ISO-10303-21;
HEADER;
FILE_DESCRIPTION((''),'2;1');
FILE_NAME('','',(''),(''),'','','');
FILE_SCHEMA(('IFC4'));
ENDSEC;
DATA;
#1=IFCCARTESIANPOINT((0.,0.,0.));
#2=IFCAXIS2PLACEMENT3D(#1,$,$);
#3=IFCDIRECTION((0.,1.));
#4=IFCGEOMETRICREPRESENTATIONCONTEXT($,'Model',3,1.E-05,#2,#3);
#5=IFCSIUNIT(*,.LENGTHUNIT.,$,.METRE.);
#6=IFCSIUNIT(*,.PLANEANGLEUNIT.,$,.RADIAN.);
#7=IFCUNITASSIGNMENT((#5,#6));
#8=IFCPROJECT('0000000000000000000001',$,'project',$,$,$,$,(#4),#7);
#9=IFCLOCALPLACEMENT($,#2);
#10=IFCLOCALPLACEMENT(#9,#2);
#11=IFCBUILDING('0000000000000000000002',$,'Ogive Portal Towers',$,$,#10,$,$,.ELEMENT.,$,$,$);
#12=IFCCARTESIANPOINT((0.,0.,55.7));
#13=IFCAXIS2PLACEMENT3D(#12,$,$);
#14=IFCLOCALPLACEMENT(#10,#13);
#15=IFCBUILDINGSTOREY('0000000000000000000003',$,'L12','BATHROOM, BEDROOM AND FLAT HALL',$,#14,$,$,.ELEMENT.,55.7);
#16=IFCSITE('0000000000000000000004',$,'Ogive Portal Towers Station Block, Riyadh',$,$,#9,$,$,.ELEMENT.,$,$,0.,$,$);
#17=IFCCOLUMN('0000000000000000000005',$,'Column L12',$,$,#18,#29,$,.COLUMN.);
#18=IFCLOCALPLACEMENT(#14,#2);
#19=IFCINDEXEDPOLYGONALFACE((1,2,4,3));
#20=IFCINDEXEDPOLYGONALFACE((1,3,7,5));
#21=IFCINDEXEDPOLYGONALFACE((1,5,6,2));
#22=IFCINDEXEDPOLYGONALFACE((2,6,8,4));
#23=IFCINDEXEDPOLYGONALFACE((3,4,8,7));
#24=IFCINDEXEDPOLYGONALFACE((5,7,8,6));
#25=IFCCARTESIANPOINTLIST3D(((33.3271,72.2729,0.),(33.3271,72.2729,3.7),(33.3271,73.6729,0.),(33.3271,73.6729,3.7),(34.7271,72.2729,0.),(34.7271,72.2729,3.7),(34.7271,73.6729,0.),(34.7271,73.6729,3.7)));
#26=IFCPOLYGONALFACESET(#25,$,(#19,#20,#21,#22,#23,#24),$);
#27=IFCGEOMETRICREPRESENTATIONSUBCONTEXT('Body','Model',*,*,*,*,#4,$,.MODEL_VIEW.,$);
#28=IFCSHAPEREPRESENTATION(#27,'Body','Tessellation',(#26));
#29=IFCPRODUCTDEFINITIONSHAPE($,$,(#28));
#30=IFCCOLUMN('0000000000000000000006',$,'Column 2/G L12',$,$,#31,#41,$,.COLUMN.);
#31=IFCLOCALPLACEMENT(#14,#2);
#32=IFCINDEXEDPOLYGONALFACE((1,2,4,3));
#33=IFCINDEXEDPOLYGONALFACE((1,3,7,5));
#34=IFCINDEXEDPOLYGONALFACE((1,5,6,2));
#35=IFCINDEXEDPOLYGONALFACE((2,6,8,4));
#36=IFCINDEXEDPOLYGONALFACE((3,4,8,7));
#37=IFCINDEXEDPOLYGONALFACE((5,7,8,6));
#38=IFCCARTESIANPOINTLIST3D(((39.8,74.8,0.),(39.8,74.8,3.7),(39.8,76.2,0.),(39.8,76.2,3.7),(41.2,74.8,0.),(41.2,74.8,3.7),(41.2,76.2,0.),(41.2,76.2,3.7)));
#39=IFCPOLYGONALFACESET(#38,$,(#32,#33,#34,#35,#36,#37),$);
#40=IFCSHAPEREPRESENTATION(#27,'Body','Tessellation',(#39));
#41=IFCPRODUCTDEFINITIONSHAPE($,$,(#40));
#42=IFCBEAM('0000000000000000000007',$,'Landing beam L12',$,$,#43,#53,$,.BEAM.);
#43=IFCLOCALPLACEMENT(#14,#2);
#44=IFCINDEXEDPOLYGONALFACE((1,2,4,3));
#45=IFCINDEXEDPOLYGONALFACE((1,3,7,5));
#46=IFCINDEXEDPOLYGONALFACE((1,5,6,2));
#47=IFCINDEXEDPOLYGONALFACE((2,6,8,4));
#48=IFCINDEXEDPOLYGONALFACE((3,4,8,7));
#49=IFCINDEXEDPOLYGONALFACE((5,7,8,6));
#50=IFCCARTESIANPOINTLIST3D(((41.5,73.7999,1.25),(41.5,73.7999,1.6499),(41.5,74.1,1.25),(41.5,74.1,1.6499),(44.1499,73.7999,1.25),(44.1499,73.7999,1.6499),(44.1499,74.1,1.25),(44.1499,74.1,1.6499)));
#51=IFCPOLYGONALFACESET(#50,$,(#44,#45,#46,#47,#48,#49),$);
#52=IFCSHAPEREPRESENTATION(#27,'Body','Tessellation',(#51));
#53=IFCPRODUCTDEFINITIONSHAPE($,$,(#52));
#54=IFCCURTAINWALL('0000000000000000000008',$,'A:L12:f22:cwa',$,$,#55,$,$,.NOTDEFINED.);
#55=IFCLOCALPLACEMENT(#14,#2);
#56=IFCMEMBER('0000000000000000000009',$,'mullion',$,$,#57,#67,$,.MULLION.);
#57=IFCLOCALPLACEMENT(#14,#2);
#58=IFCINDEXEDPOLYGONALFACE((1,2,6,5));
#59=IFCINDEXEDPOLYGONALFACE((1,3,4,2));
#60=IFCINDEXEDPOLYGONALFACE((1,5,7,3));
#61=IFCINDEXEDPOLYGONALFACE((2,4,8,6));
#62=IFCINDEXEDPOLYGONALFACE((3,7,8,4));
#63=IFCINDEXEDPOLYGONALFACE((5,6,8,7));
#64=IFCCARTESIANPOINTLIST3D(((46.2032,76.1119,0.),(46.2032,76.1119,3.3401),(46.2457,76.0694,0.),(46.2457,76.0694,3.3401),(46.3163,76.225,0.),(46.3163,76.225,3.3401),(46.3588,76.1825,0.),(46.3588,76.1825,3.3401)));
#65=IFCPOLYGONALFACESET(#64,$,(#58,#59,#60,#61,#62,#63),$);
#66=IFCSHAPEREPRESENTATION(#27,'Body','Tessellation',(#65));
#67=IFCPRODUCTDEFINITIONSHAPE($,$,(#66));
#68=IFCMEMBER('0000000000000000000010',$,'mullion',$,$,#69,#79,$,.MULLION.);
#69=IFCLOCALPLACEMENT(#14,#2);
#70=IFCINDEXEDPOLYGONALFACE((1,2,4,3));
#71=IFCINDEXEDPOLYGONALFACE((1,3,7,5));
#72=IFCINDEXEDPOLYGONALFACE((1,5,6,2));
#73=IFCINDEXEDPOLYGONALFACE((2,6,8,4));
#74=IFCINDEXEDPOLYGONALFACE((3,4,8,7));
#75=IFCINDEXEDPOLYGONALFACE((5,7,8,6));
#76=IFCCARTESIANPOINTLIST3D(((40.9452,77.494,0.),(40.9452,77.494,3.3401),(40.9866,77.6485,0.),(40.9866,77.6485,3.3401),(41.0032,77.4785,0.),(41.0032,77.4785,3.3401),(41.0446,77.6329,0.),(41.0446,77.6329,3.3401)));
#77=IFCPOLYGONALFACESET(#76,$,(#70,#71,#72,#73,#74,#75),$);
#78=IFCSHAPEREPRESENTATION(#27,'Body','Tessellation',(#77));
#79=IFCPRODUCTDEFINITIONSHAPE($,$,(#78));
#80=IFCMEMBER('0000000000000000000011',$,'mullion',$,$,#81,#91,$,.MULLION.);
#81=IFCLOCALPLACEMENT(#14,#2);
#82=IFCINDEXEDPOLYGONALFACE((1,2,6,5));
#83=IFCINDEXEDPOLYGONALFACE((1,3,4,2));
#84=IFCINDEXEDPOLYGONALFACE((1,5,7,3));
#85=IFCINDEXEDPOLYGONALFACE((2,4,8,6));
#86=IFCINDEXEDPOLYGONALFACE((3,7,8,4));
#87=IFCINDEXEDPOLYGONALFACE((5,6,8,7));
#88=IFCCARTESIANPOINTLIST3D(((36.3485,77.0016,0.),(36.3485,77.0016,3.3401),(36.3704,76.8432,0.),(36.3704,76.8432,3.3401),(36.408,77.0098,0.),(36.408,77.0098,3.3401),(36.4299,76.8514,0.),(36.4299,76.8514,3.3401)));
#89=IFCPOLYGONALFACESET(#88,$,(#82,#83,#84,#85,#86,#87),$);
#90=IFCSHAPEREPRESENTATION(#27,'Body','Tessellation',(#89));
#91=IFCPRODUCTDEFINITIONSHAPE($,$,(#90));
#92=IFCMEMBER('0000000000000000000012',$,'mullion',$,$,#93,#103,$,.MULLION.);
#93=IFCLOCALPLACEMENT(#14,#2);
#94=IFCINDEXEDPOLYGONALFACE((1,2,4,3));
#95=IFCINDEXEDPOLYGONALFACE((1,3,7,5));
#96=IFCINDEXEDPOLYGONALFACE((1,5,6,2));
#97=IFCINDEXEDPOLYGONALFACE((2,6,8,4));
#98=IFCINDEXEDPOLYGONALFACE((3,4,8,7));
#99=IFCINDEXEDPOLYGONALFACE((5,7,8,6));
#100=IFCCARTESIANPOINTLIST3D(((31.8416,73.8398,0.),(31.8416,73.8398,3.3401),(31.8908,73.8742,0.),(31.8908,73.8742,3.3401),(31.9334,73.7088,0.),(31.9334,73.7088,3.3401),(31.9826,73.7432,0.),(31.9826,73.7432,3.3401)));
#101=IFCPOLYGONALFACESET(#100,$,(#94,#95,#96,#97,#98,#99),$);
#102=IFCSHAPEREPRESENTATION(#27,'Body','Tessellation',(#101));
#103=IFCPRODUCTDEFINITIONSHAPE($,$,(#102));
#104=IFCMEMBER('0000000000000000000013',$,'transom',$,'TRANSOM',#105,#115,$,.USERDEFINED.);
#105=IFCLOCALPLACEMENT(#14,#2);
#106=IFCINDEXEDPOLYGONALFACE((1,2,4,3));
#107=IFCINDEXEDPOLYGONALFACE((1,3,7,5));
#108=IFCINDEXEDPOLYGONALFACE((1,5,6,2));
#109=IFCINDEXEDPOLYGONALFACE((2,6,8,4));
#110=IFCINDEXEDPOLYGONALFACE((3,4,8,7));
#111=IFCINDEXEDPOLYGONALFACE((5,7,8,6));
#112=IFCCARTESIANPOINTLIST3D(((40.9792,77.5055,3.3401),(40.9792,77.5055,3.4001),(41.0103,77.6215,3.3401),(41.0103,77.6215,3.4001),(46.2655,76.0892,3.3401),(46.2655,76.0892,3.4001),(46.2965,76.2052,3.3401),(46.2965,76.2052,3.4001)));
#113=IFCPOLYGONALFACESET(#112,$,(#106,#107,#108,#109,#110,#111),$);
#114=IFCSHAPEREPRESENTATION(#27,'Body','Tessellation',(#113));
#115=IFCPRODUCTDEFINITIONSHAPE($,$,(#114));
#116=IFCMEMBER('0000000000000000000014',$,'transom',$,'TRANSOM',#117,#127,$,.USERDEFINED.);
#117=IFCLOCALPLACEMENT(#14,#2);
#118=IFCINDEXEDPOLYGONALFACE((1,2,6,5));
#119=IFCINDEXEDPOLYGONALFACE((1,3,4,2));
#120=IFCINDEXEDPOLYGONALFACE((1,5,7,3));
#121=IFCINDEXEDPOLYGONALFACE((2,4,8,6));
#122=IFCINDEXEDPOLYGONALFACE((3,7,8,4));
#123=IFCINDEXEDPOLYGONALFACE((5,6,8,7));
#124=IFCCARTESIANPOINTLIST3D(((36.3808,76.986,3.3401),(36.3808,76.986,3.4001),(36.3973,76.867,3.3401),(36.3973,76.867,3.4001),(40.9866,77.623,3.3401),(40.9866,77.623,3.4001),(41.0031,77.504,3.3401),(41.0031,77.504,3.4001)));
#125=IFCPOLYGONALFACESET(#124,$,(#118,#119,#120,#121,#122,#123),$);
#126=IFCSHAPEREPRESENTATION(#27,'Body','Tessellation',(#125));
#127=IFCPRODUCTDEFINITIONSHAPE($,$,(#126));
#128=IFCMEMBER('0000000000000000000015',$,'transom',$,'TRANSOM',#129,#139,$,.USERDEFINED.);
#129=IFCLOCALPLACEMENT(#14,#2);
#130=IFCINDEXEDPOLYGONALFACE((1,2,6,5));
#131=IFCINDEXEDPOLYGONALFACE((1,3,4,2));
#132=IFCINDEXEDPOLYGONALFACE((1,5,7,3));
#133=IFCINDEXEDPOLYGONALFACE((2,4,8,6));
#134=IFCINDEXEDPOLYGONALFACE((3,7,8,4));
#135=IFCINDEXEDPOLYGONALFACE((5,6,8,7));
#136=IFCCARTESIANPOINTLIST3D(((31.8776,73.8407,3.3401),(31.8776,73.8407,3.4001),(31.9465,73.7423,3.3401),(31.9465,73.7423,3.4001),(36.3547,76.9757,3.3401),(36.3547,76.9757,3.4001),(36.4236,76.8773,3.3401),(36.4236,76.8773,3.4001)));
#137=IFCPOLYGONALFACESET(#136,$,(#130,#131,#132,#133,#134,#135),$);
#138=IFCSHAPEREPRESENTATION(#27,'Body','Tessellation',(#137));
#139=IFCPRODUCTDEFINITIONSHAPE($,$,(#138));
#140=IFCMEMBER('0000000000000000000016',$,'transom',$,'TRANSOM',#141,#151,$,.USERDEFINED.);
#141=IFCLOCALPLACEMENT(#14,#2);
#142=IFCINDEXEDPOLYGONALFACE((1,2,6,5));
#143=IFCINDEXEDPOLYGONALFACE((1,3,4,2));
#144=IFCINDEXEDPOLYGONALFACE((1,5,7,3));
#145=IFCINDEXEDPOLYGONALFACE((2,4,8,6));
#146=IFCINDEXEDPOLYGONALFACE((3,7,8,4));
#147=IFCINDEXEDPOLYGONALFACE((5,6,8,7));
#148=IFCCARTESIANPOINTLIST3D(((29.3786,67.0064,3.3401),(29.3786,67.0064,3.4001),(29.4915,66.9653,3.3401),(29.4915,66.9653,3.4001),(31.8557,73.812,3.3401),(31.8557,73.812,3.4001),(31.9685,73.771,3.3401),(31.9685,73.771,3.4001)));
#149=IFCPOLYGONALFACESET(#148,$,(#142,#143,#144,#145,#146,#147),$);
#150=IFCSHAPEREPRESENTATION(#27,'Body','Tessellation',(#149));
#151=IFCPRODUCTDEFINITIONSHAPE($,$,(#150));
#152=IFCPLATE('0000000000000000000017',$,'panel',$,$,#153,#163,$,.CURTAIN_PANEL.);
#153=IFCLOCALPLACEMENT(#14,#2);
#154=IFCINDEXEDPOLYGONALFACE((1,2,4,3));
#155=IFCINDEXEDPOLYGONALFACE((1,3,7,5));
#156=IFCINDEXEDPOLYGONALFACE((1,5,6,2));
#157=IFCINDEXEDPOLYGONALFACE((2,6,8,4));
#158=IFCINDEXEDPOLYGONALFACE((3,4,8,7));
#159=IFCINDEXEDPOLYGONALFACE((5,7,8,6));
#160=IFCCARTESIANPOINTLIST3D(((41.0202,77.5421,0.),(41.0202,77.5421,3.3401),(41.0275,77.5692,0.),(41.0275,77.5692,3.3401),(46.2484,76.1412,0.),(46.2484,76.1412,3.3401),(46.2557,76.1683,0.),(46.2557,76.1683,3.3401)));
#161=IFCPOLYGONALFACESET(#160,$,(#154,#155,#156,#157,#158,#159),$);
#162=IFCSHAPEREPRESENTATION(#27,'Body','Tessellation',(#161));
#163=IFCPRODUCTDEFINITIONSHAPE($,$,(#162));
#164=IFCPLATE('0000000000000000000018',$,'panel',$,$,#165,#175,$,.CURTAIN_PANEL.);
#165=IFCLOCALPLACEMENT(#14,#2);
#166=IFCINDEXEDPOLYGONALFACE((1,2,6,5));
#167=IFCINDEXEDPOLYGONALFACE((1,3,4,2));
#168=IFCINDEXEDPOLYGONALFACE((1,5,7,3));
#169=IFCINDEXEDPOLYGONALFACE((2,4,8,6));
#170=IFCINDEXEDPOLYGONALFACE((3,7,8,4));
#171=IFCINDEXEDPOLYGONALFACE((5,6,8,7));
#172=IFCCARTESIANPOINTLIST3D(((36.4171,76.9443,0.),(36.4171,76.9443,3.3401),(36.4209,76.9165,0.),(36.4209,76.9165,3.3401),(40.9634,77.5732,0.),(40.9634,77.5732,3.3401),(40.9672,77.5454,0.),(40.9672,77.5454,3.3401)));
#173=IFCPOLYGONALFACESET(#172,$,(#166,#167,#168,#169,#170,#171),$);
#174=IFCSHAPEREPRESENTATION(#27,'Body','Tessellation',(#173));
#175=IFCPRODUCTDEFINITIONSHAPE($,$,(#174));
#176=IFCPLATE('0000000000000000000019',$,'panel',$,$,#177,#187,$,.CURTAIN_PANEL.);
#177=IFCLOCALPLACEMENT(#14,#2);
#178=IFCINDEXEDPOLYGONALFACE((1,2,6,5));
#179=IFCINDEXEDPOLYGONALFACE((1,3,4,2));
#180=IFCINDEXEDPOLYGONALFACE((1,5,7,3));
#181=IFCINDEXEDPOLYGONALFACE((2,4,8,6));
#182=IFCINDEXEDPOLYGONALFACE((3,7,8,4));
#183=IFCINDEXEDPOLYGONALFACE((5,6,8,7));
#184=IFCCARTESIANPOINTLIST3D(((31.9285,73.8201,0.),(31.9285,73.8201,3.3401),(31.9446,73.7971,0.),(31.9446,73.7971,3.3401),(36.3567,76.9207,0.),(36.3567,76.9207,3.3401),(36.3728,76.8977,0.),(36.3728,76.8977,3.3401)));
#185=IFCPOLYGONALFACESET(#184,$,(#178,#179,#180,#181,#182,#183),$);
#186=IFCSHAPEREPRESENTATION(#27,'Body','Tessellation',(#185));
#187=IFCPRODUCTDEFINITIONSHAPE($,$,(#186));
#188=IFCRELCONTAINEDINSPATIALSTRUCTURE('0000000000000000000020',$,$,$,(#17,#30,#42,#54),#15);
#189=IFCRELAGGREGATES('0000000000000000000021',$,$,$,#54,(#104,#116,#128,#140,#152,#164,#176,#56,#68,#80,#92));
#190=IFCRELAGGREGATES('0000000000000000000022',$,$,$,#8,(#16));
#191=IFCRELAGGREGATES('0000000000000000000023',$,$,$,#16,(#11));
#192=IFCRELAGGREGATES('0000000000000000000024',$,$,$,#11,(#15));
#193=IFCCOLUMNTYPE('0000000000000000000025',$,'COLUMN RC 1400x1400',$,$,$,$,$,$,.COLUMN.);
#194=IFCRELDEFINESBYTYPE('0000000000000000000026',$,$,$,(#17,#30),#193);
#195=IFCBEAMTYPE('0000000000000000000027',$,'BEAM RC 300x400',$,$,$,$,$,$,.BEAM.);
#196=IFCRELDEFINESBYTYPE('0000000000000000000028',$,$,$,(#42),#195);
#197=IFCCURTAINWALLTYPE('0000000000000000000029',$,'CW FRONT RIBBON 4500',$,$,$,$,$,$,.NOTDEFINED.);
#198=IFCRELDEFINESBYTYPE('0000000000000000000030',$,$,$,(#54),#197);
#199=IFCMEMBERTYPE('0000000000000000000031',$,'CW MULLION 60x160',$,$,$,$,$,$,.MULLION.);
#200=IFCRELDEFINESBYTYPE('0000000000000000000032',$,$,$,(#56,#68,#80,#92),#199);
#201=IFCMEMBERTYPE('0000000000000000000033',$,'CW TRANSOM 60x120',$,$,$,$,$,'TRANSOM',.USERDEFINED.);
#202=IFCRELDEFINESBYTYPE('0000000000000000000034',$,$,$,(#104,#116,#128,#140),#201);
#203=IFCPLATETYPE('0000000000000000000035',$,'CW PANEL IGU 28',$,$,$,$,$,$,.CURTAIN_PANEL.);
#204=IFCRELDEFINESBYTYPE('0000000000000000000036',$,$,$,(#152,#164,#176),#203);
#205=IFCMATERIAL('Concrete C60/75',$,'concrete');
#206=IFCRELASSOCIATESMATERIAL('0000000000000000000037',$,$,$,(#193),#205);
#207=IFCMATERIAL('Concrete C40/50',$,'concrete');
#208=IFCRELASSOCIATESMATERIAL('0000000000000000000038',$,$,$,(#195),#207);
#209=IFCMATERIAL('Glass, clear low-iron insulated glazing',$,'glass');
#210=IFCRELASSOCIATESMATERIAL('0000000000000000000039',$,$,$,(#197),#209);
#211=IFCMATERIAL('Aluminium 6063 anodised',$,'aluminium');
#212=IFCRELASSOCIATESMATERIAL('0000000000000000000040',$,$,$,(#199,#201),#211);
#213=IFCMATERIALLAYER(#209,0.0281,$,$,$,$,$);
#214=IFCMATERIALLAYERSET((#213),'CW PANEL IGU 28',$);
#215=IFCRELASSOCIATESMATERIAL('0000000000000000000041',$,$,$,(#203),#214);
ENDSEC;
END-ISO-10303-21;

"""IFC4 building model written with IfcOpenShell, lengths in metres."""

from ifc_helpers import new_model, si_unit, direction, frame, origin, origin_2d, place, context, subcontext, project, spatial, rectangle, extrude, material, layer, layer_set, material_profile, profile_set, type_object, element, aggregate, save


model = new_model("IFC4")

# Units and contexts
model_context = context("Model", 3, precision=1e-05, world=origin(), true_north=direction((0.0, 1.0)))
body_context = subcontext(model_context, "Body", "Model", "MODEL_VIEW")
ifc_project = project(units=[si_unit("LENGTHUNIT", "METRE"), si_unit("PLANEANGLEUNIT", "RADIAN")], contexts=[model_context])

# Site, building, storey
site_placement = place(None, origin())
site = spatial("IfcSite", under=ifc_project, at=site_placement, Name="Ogive Portal Towers Station Block, Riyadh", CompositionType="ELEMENT", RefElevation=0.0)
building_placement = place(site_placement, origin())
building = spatial("IfcBuilding", under=site, at=building_placement, Name="Ogive Portal Towers", CompositionType="ELEMENT")
storey_placement = place(building_placement, frame((0.0, 0.0, 55.7)))
storey = spatial("IfcBuildingStorey", under=building, at=storey_placement, Name="L12", Description="BATHROOM, BEDROOM AND FLAT HALL", CompositionType="ELEMENT", Elevation=55.7)

# Columns
ifc_material_1 = material(Name="Concrete C60/75", Category="concrete")
ifc_material_profile_1 = material_profile(ifc_material_1, rectangle(XDim=1.3999, YDim=1.3999, at=origin_2d()), Name="RC 1400x1400")
ifc_profile_set_1 = profile_set([ifc_material_profile_1], Name="Concrete C60/75")
column_type = type_object("IfcColumnType", Name="COLUMN RC 1400x1400", PredefinedType="COLUMN", material=ifc_profile_set_1)
for number, where, z_axis, x_axis, name in (
    (1, (34.0271, 72.9729, 0.0), (0.0, 0.0, 1.0), (1.0, 0.0, 0.0), "Column L12"),
    (2, (40.5, 75.5, 0.0), (0.0, 0.0, 1.0), (1.0, 0.0, 0.0), "Column 2/G L12"),
):
    element("IfcColumn", number, at=place(storey_placement, frame(where, z_axis=z_axis, x_axis=x_axis)), inside=storey, type_object=column_type, Name=name, PredefinedType="COLUMN", context=body_context, shape_type="SweptSolid", body=[
        extrude(rectangle(XDim=1.3999, YDim=1.3999, at=origin_2d()), origin(), (0.0, 0.0, 1.0), 3.7),
    ])

# Beam
ifc_material_2 = material(Name="Concrete C40/50", Category="concrete")
ifc_material_profile_2 = material_profile(ifc_material_2, rectangle(XDim=0.3, YDim=0.3999, at=origin_2d()), Name="RC 300x400")
ifc_profile_set_2 = profile_set([ifc_material_profile_2], Name="Concrete C40/50")
beam_type = type_object("IfcBeamType", Name="BEAM RC 300x400", PredefinedType="BEAM", material=ifc_profile_set_2)
beam_placement = place(storey_placement, frame((41.5, 73.95, 1.45), z_axis=(1.0, 0.0, 0.0), x_axis=(0.0, 1.0, 0.0)))
element("IfcBeam", 3, at=beam_placement, inside=storey, type_object=beam_type, Name="Landing beam L12", PredefinedType="BEAM", context=body_context, shape_type="SweptSolid", body=[
    extrude(rectangle(XDim=0.3, YDim=0.3999, at=origin_2d()), origin(), (0.0, 0.0, 1.0), 2.6499),
])

# Curtain wall, members, plates
ifc_material_3 = material(Name="Glass, clear low-iron insulated glazing", Category="glass")
curtain_wall_type = type_object("IfcCurtainWallType", Name="CW FRONT RIBBON 4500", PredefinedType="NOTDEFINED", material=ifc_material_3)
curtain_wall_placement = place(storey_placement, origin())
curtain_wall = element("IfcCurtainWall", 4, at=curtain_wall_placement, inside=storey, type_object=curtain_wall_type, Name="A:L12:f22:cwa", PredefinedType="NOTDEFINED")
ifc_material_4 = material(Name="Aluminium 6063 anodised", Category="aluminium")
ifc_material_profile_3 = material_profile(ifc_material_4, rectangle(XDim=0.1599, YDim=0.0601, at=origin_2d()), Name="AL 60x160")
ifc_profile_set_3 = profile_set([ifc_material_profile_3], Name="Aluminium 6063 anodised")
member_type_1 = type_object("IfcMemberType", Name="CW MULLION 60x160", PredefinedType="MULLION", material=ifc_profile_set_3)
member_1_placement = place(storey_placement, frame((46.281, 76.1472, 0.0), z_axis=(0.0, 0.0, 1.0), x_axis=(-0.707107, -0.707107, 0.0)))
member_1 = element("IfcMember", 5, at=member_1_placement, type_object=member_type_1, Name="mullion", PredefinedType="MULLION", context=body_context, shape_type="SweptSolid", body=[
    extrude(rectangle(XDim=0.1599, YDim=0.0601, at=origin_2d()), origin(), (0.0, 0.0, 1.0), 3.3401),
])
member_2_placement = place(storey_placement, frame((40.9949, 77.5635, 0.0), z_axis=(0.0, 0.0, 1.0), x_axis=(-0.258819, -0.965926, 0.0)))
member_2 = element("IfcMember", 6, at=member_2_placement, type_object=member_type_1, Name="mullion", PredefinedType="MULLION", context=body_context, shape_type="SweptSolid", body=[
    extrude(rectangle(XDim=0.1599, YDim=0.0601, at=origin_2d()), origin(), (0.0, 0.0, 1.0), 3.3401),
])
member_3_placement = place(storey_placement, frame((36.3892, 76.9265, 0.0), z_axis=(0.0, 0.0, 1.0), x_axis=(0.137027, -0.990567, 0.0)))
member_3 = element("IfcMember", 7, at=member_3_placement, type_object=member_type_1, Name="mullion", PredefinedType="MULLION", context=body_context, shape_type="SweptSolid", body=[
    extrude(rectangle(XDim=0.1599, YDim=0.0601, at=origin_2d()), origin(), (0.0, 0.0, 1.0), 3.3401),
])
member_4_placement = place(storey_placement, frame((31.9121, 73.7915, 0.0), z_axis=(0.0, 0.0, 1.0), x_axis=(0.573576, -0.819152, 0.0)))
member_4 = element("IfcMember", 8, at=member_4_placement, type_object=member_type_1, Name="mullion", PredefinedType="MULLION", context=body_context, shape_type="SweptSolid", body=[
    extrude(rectangle(XDim=0.1599, YDim=0.0601, at=origin_2d()), origin(), (0.0, 0.0, 1.0), 3.3401),
])
ifc_material_profile_4 = material_profile(ifc_material_4, rectangle(XDim=0.1201, YDim=0.0601, at=origin_2d()), Name="AL 120x60")
ifc_profile_set_4 = profile_set([ifc_material_profile_4], Name="Aluminium 6063 anodised")
member_type_2 = type_object("IfcMemberType", Name="CW TRANSOM 60x120", ElementType="TRANSOM", PredefinedType="USERDEFINED", material=ifc_profile_set_4)
member_5_placement = place(storey_placement, frame((46.281, 76.1472, 3.3701), z_axis=(-0.965933, 0.258793, 0.0), x_axis=(-0.258793, -0.965933, 0.0)))
member_5 = element("IfcMember", 9, at=member_5_placement, type_object=member_type_2, Name="transom", ObjectType="TRANSOM", PredefinedType="USERDEFINED", context=body_context, shape_type="SweptSolid", body=[
    extrude(rectangle(XDim=0.1201, YDim=0.0601, at=origin_2d()), origin(), (0.0, 0.0, 1.0), 5.4727),
])
member_6_placement = place(storey_placement, frame((40.9949, 77.5635, 3.3701), z_axis=(-0.990572, -0.136995, 0.0), x_axis=(0.136995, -0.990572, 0.0)))
member_6 = element("IfcMember", 10, at=member_6_placement, type_object=member_type_2, Name="transom", ObjectType="TRANSOM", PredefinedType="USERDEFINED", context=body_context, shape_type="SweptSolid", body=[
    extrude(rectangle(XDim=0.1201, YDim=0.0601, at=origin_2d()), origin(), (0.0, 0.0, 1.0), 4.6497),
])
member_7_placement = place(storey_placement, frame((36.3892, 76.9265, 3.3701), z_axis=(-0.81914, -0.573594, 0.0), x_axis=(0.573594, -0.81914, 0.0)))
member_7 = element("IfcMember", 11, at=member_7_placement, type_object=member_type_2, Name="transom", ObjectType="TRANSOM", PredefinedType="USERDEFINED", context=body_context, shape_type="SweptSolid", body=[
    extrude(rectangle(XDim=0.1201, YDim=0.0601, at=origin_2d()), origin(), (0.0, 0.0, 1.0), 5.4656),
])
member_8_placement = place(storey_placement, frame((31.9121, 73.7915, 3.3701), z_axis=(-0.342019, -0.939693, 0.0), x_axis=(0.939693, -0.342019, 0.0)))
member_8 = element("IfcMember", 12, at=member_8_placement, type_object=member_type_2, Name="transom", ObjectType="TRANSOM", PredefinedType="USERDEFINED", context=body_context, shape_type="SweptSolid", body=[
    extrude(rectangle(XDim=0.1201, YDim=0.0601, at=origin_2d()), origin(), (0.0, 0.0, 1.0), 7.2424),
])
ifc_layer_1 = layer(ifc_material_3, 0.0281)
ifc_layer_set_1 = layer_set([ifc_layer_1], Name="CW PANEL IGU 28")
plate_type = type_object("IfcPlateType", Name="CW PANEL IGU 28", PredefinedType="CURTAIN_PANEL", material=ifc_layer_set_1)
plate_1_placement = place(storey_placement, frame((43.6379, 76.8552, 0.0), z_axis=(0.0, 0.0, 1.0), x_axis=(-0.965926, 0.258819, 0.0)))
plate_1 = element("IfcPlate", 13, at=plate_1_placement, type_object=plate_type, Name="panel", PredefinedType="CURTAIN_PANEL", context=body_context, shape_type="SweptSolid", body=[
    extrude(rectangle(XDim=5.4126, YDim=0.0281, at=origin_2d()), origin(), (0.0, 0.0, 1.0), 3.3401),
])
plate_2_placement = place(storey_placement, frame((38.6921, 77.2449, 0.0), z_axis=(0.0, 0.0, 1.0), x_axis=(-0.990567, -0.137027, 0.0)))
plate_2 = element("IfcPlate", 14, at=plate_2_placement, type_object=plate_type, Name="panel", PredefinedType="CURTAIN_PANEL", context=body_context, shape_type="SweptSolid", body=[
    extrude(rectangle(XDim=4.5896, YDim=0.0281, at=origin_2d()), origin(), (0.0, 0.0, 1.0), 3.3401),
])
plate_3_placement = place(storey_placement, frame((34.1506, 75.3589, 0.0), z_axis=(0.0, 0.0, 1.0), x_axis=(-0.819152, -0.573576, 0.0)))
plate_3 = element("IfcPlate", 15, at=plate_3_placement, type_object=plate_type, Name="panel", PredefinedType="CURTAIN_PANEL", context=body_context, shape_type="SweptSolid", body=[
    extrude(rectangle(XDim=5.4058, YDim=0.0281, at=origin_2d()), origin(), (0.0, 0.0, 1.0), 3.3401),
])
aggregate(curtain_wall, [member_5, member_6, member_7, member_8, plate_1, plate_2, plate_3, member_1, member_2, member_3, member_4])

save(model, "model.ifc")
